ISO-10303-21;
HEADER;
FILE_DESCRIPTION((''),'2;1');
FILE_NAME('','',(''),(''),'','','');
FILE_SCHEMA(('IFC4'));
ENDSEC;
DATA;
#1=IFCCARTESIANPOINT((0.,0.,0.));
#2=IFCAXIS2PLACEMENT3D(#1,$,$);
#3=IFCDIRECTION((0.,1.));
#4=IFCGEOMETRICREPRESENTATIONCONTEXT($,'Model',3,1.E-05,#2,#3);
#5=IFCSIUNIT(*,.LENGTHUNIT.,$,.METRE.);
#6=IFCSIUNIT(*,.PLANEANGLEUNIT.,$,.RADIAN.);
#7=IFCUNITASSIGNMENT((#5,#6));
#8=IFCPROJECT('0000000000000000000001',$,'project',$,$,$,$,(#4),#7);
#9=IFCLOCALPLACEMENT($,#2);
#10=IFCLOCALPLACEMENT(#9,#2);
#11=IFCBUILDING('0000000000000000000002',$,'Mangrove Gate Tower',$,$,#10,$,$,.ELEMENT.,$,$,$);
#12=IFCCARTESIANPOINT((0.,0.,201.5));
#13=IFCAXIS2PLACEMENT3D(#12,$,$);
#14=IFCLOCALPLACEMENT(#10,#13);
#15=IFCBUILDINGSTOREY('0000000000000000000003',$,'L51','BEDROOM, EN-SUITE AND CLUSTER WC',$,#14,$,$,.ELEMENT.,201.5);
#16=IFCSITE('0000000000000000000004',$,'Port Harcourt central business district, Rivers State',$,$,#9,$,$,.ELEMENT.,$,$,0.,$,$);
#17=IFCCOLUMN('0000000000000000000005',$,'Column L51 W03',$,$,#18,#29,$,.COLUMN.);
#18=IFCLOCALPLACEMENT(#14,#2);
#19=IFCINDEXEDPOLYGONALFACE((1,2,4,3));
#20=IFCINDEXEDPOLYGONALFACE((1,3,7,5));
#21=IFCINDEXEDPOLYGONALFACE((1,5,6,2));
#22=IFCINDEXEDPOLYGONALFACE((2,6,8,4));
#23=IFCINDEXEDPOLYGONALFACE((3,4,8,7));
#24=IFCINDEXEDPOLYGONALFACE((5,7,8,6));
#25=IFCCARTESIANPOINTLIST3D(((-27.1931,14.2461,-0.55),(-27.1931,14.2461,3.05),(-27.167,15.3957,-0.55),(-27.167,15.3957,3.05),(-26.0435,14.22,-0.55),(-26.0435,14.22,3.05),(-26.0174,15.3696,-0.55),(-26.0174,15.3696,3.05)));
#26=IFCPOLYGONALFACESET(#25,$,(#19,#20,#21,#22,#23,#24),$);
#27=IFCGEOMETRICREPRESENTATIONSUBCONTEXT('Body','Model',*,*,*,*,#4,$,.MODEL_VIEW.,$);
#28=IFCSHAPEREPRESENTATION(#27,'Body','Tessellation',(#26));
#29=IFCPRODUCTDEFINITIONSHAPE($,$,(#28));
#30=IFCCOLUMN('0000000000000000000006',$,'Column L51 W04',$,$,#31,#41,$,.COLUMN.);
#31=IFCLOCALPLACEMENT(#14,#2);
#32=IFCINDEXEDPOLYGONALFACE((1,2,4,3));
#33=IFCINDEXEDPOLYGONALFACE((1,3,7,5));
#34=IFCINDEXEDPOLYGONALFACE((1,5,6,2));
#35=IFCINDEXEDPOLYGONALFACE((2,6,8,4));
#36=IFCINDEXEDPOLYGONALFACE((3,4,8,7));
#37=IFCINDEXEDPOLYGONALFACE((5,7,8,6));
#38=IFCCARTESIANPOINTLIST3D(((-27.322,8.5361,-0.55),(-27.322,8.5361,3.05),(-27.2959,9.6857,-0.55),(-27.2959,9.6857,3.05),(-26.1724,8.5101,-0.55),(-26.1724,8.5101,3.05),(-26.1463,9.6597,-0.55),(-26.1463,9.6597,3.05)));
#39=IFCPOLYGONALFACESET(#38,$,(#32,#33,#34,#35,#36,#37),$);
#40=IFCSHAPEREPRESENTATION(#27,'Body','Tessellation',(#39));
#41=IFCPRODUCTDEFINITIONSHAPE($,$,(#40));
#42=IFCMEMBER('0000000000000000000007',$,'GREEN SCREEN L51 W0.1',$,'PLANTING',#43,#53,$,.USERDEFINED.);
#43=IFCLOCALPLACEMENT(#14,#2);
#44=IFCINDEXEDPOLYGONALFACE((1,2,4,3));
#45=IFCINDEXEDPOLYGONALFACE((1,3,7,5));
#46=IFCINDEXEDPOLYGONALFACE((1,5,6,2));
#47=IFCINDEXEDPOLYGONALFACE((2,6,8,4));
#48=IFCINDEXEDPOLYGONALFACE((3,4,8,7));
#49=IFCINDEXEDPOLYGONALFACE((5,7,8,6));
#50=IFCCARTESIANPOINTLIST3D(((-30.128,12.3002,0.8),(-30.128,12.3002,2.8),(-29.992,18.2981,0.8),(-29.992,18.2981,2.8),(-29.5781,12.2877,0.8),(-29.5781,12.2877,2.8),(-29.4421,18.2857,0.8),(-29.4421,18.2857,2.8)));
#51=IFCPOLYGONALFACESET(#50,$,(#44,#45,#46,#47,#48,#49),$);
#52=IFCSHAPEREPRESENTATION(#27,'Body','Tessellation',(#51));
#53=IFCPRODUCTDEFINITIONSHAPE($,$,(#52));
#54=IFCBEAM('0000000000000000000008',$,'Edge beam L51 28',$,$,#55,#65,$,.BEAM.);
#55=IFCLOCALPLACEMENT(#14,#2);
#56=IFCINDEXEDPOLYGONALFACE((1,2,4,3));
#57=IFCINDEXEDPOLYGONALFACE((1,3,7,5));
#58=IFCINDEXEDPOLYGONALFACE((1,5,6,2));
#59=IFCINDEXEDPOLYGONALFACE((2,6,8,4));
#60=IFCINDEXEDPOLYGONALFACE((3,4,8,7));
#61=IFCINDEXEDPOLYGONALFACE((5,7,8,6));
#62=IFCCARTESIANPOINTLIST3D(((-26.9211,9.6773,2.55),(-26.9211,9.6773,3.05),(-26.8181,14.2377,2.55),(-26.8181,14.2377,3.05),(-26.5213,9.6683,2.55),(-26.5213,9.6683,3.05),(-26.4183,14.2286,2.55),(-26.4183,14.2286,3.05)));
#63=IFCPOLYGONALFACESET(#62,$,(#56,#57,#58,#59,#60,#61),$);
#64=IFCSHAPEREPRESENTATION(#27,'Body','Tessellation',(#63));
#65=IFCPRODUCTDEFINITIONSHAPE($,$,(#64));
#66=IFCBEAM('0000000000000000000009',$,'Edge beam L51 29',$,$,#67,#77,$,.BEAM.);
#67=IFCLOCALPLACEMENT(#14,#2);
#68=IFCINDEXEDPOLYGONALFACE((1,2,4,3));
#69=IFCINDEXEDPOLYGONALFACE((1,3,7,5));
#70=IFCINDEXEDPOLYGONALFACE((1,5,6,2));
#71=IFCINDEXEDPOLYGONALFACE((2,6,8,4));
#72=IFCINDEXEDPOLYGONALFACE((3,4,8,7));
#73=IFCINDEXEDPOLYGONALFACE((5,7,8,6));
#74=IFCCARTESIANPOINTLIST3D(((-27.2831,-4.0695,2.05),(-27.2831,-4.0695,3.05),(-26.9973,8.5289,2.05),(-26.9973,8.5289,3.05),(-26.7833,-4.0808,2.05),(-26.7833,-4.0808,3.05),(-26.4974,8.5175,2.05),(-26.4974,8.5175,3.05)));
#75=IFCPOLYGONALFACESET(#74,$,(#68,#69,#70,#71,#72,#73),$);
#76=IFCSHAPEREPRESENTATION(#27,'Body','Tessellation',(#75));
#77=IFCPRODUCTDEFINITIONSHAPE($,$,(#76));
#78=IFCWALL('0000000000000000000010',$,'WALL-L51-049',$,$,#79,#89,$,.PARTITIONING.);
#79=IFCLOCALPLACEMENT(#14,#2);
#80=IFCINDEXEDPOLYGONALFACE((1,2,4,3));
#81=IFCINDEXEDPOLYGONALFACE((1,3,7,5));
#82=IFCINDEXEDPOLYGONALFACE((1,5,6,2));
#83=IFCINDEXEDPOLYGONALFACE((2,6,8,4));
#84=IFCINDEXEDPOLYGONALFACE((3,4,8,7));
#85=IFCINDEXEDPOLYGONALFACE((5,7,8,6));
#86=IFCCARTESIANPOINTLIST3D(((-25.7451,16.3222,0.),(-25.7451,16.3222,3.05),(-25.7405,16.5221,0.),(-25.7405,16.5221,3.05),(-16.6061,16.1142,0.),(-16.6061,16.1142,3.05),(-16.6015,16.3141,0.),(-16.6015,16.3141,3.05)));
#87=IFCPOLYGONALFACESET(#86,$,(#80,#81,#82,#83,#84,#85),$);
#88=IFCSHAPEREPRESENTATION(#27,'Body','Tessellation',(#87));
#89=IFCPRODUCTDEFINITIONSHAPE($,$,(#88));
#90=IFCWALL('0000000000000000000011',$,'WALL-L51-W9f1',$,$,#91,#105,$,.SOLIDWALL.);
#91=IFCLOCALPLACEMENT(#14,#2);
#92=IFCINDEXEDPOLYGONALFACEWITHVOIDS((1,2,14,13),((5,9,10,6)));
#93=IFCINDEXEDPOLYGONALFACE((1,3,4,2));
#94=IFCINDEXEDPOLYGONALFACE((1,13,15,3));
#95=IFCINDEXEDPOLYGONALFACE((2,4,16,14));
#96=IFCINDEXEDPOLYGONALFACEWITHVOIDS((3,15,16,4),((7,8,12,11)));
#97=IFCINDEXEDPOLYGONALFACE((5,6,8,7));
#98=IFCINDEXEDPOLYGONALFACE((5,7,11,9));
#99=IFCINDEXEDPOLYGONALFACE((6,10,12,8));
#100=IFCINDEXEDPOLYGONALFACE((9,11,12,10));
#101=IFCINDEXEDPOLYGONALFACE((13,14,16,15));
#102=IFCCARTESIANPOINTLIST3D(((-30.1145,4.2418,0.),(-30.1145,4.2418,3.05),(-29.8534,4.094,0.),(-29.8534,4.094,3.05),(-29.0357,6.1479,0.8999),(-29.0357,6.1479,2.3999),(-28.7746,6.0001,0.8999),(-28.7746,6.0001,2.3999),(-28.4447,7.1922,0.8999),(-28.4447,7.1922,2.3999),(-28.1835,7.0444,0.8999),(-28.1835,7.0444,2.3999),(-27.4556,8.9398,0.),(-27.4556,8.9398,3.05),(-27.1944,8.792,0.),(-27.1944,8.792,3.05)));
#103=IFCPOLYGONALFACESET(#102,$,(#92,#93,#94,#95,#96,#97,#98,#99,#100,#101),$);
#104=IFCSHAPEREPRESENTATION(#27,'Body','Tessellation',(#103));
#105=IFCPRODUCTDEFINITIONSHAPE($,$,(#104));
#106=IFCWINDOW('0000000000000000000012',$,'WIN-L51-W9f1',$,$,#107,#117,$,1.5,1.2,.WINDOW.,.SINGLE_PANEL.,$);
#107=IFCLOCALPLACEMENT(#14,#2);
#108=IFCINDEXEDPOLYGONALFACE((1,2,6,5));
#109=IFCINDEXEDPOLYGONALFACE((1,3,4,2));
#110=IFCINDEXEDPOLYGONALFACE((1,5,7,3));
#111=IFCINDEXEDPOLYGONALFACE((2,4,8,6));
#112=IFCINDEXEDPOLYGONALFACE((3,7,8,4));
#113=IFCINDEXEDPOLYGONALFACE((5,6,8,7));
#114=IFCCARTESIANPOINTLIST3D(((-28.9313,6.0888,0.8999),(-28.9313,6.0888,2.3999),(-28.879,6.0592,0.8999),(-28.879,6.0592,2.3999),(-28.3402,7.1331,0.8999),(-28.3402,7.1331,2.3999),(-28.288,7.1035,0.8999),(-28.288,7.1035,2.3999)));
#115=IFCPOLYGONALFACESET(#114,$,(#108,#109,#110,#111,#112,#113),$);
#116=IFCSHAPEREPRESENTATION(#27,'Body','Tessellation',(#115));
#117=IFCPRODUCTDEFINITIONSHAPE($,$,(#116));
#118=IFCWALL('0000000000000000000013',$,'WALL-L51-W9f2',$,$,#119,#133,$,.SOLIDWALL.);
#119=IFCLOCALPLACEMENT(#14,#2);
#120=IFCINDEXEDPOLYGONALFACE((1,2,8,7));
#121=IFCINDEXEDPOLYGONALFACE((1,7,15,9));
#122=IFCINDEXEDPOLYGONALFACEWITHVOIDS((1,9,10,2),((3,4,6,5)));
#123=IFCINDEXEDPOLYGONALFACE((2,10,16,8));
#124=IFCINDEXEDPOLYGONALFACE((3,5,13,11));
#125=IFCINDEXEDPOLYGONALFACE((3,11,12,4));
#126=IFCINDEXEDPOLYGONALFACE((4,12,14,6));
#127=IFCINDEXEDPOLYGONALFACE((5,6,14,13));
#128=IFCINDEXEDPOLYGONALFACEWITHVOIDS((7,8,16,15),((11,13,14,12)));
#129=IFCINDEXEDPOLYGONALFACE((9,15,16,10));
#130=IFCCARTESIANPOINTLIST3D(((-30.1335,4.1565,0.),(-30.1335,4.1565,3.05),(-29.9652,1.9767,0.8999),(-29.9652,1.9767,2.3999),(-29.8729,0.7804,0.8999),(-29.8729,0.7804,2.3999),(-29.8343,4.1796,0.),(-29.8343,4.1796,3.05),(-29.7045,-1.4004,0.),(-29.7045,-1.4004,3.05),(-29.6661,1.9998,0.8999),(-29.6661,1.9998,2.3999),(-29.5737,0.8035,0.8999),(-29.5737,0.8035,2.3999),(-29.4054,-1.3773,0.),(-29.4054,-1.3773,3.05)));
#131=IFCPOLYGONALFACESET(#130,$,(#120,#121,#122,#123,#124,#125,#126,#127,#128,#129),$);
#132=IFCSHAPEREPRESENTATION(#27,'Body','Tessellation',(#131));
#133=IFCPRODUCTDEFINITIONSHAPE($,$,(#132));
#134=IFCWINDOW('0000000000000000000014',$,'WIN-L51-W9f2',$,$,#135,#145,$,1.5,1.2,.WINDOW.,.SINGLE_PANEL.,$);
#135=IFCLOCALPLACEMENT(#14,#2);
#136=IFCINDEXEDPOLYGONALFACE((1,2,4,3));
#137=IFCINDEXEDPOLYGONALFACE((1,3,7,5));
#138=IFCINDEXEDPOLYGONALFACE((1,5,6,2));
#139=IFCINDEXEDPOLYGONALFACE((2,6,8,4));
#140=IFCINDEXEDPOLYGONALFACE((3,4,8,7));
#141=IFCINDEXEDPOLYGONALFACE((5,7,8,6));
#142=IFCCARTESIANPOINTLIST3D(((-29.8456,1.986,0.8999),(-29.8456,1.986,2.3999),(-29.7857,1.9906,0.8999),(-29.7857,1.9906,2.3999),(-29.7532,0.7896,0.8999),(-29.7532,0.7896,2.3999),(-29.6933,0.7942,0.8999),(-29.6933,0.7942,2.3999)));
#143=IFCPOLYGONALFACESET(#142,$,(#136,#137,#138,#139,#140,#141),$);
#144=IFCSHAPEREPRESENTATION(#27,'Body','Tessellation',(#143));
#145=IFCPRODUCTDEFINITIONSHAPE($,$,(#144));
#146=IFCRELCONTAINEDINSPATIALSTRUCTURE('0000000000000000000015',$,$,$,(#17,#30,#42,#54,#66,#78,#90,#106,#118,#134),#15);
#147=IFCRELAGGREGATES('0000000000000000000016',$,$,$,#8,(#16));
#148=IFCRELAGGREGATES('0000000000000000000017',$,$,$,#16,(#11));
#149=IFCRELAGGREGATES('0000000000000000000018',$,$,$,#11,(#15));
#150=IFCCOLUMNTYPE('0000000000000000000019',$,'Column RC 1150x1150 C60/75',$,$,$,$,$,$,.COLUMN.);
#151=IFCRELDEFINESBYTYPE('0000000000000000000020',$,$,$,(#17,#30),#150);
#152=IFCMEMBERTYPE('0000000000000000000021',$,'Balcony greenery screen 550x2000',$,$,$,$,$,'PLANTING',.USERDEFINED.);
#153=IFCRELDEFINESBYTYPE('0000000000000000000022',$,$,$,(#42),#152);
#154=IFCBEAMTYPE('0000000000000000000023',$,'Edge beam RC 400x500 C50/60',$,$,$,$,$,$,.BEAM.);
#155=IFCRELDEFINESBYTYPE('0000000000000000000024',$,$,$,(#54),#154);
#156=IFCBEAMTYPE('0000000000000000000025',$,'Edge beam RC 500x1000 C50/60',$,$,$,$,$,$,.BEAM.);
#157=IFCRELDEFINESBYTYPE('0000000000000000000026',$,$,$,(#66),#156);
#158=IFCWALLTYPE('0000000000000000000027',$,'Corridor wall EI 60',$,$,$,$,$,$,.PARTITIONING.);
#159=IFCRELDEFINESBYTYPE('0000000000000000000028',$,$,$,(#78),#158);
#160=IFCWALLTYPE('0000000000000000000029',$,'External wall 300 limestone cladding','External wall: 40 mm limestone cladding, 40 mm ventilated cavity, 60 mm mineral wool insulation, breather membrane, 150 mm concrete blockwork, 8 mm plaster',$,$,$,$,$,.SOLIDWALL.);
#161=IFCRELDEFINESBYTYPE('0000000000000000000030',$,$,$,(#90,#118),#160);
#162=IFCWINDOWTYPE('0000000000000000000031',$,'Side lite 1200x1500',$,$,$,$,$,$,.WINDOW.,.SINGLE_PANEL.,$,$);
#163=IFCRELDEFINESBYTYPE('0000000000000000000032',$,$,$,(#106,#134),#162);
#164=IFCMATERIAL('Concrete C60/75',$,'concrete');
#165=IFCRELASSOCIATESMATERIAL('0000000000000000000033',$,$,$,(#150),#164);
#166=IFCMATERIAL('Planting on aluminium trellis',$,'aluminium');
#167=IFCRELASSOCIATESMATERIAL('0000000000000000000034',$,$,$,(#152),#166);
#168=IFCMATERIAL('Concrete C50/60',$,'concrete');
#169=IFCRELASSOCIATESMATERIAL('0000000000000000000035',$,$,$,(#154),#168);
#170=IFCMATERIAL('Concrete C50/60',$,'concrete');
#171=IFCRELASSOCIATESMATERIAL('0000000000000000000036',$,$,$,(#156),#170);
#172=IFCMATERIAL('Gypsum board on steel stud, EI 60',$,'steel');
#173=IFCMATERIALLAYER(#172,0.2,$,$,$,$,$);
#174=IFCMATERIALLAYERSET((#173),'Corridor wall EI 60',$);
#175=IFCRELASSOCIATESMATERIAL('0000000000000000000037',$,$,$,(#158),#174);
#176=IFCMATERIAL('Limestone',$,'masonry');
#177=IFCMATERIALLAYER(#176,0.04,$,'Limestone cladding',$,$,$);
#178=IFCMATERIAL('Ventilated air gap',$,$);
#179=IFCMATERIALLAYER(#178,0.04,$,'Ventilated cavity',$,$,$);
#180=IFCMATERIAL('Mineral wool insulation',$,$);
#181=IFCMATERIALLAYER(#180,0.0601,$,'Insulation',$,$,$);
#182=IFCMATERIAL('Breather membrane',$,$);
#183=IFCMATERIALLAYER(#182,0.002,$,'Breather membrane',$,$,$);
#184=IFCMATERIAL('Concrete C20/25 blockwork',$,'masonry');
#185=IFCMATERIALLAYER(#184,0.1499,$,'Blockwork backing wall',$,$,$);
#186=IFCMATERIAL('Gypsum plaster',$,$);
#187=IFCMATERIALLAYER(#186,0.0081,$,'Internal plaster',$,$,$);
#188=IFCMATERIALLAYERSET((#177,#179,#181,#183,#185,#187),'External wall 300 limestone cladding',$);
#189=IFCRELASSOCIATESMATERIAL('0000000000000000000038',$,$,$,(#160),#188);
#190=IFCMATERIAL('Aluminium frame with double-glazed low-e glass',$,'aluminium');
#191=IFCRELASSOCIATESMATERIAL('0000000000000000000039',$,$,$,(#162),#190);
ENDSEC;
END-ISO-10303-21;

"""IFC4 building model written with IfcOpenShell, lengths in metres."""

from ifc_helpers import new_model, si_unit, direction, frame, frame_2d, origin, origin_2d, place, context, subcontext, project, spatial, rectangle, extrude, material, layer, layer_set, material_profile, profile_set, type_object, element, fill, save


model = new_model("IFC4")

# Units and contexts
model_context = context("Model", 3, precision=1e-05, world=origin(), true_north=direction((0.0, 1.0)))
body_context = subcontext(model_context, "Body", "Model", "MODEL_VIEW")
ifc_project = project(units=[si_unit("LENGTHUNIT", "METRE"), si_unit("PLANEANGLEUNIT", "RADIAN")], contexts=[model_context])

# Site, building, storey
site_placement = place(None, origin())
site = spatial("IfcSite", under=ifc_project, at=site_placement, Name="Port Harcourt central business district, Rivers State", CompositionType="ELEMENT", RefElevation=0.0)
building_placement = place(site_placement, origin())
building = spatial("IfcBuilding", under=site, at=building_placement, Name="Mangrove Gate Tower", CompositionType="ELEMENT")
storey_placement = place(building_placement, frame((0.0, 0.0, 201.5)))
storey = spatial("IfcBuildingStorey", under=building, at=storey_placement, Name="L51", Description="BEDROOM, EN-SUITE AND CLUSTER WC", CompositionType="ELEMENT", Elevation=201.5)

# Columns
ifc_material_1 = material(Name="Concrete C60/75", Category="concrete")
ifc_material_profile_1 = material_profile(ifc_material_1, rectangle(XDim=1.1499, YDim=1.1499, at=origin_2d()))
ifc_profile_set_1 = profile_set([ifc_material_profile_1], Name="Concrete C60/75")
column_type = type_object("IfcColumnType", Name="Column RC 1150x1150 C60/75", PredefinedType="COLUMN", material=ifc_profile_set_1)
for number, where, z_axis, x_axis, name in (
    (1, (-26.6052, 14.8079, -0.55), (0.0, 0.0, 1.0), (-0.022672, -0.999743, 0.0), "Column L51 W03"),
    (2, (-26.7341, 9.0979, -0.55), (0.0, 0.0, 1.0), (-0.022658, -0.999743, 0.0), "Column L51 W04"),
):
    element("IfcColumn", number, at=place(storey_placement, frame(where, z_axis=z_axis, x_axis=x_axis)), inside=storey, type_object=column_type, Name=name, PredefinedType="COLUMN", context=body_context, shape_type="SweptSolid", body=[
        extrude(rectangle(XDim=1.1499, YDim=1.1499, at=origin_2d()), origin(), (0.0, 0.0, 1.0), 3.6001),
    ])

# Member
ifc_material_2 = material(Name="Planting on aluminium trellis", Category="aluminium")
ifc_material_profile_2 = material_profile(ifc_material_2, rectangle(XDim=0.55, YDim=2.0, at=origin_2d()))
ifc_profile_set_2 = profile_set([ifc_material_profile_2], Name="Planting on aluminium trellis")
member_type = type_object("IfcMemberType", Name="Balcony greenery screen 550x2000", ElementType="PLANTING", PredefinedType="USERDEFINED", material=ifc_profile_set_2)
member_placement = place(storey_placement, frame((-29.853, 12.2939, 1.8), z_axis=(0.022666, 0.999743, 0.0), x_axis=(-0.999743, 0.022666, 0.0)))
element("IfcMember", 3, at=member_placement, inside=storey, type_object=member_type, Name="GREEN SCREEN L51 W0.1", ObjectType="PLANTING", PredefinedType="USERDEFINED", context=body_context, shape_type="SweptSolid", body=[
    extrude(rectangle(XDim=0.55, YDim=2.0, at=origin_2d()), origin(), (0.0, 0.0, 1.0), 5.9995),
])

# Beams
ifc_material_3 = material(Name="Concrete C50/60", Category="concrete")
ifc_material_profile_3 = material_profile(ifc_material_3, rectangle(XDim=0.3999, YDim=0.5, at=origin_2d()))
ifc_profile_set_3 = profile_set([ifc_material_profile_3], Name="Concrete C50/60")
beam_type_1 = type_object("IfcBeamType", Name="Edge beam RC 400x500 C50/60", PredefinedType="BEAM", material=ifc_profile_set_3)
beam_1_placement = place(storey_placement, frame((-26.6182, 14.2332, 2.8), z_axis=(-0.022586, -0.999745, 0.0), x_axis=(0.999745, -0.022586, 0.0)))
element("IfcBeam", 4, at=beam_1_placement, inside=storey, type_object=beam_type_1, Name="Edge beam L51 28", PredefinedType="BEAM", context=body_context, shape_type="SweptSolid", body=[
    extrude(rectangle(XDim=0.3999, YDim=0.5, at=origin_2d()), origin(), (0.0, 0.0, 1.0), 4.5615),
])
ifc_material_4 = material(Name="Concrete C50/60", Category="concrete")
ifc_material_profile_4 = material_profile(ifc_material_4, rectangle(XDim=0.5, YDim=1.0, at=origin_2d()))
ifc_profile_set_4 = profile_set([ifc_material_profile_4], Name="Concrete C50/60")
beam_type_2 = type_object("IfcBeamType", Name="Edge beam RC 500x1000 C50/60", PredefinedType="BEAM", material=ifc_profile_set_4)
beam_2_placement = place(storey_placement, frame((-26.7473, 8.5232, 2.55), z_axis=(-0.022687, -0.999743, 0.0), x_axis=(0.999743, -0.022687, 0.0)))
element("IfcBeam", 5, at=beam_2_placement, inside=storey, type_object=beam_type_2, Name="Edge beam L51 29", PredefinedType="BEAM", context=body_context, shape_type="SweptSolid", body=[
    extrude(rectangle(XDim=0.5, YDim=1.0, at=origin_2d()), origin(), (0.0, 0.0, 1.0), 12.6016),
])

# Wall
ifc_material_5 = material(Name="Gypsum board on steel stud, EI 60", Category="steel")
ifc_layer_1 = layer(ifc_material_5, 0.2)
ifc_layer_set_1 = layer_set([ifc_layer_1], Name="Corridor wall EI 60")
wall_type_1 = type_object("IfcWallType", Name="Corridor wall EI 60", PredefinedType="PARTITIONING", material=ifc_layer_set_1)
wall_1_placement = place(storey_placement, frame((-25.7429, 16.4221, 0.0), z_axis=(0.0, 0.0, 1.0), x_axis=(0.999741, -0.022755, 0.0)))
element("IfcWall", 6, at=wall_1_placement, inside=storey, type_object=wall_type_1, Name="WALL-L51-049", PredefinedType="PARTITIONING", context=body_context, shape_type="SweptSolid", body=[
    extrude(rectangle(XDim=9.1414, YDim=0.2, at=frame_2d((4.5708, 0.0))), origin(), (0.0, 0.0, 1.0), 3.05),
])

# Walls, openings, windows
ifc_material_6 = material(Name="Limestone", Category="masonry")
ifc_layer_2 = layer(ifc_material_6, 0.04, Name="Limestone cladding")
ifc_material_7 = material(Name="Ventilated air gap")
ifc_layer_3 = layer(ifc_material_7, 0.04, Name="Ventilated cavity")
ifc_material_8 = material(Name="Mineral wool insulation")
ifc_layer_4 = layer(ifc_material_8, 0.0601, Name="Insulation")
ifc_material_9 = material(Name="Breather membrane")
ifc_layer_5 = layer(ifc_material_9, 0.002, Name="Breather membrane")
ifc_material_10 = material(Name="Concrete C20/25 blockwork", Category="masonry")
ifc_layer_6 = layer(ifc_material_10, 0.1499, Name="Blockwork backing wall")
ifc_material_11 = material(Name="Gypsum plaster")
ifc_layer_7 = layer(ifc_material_11, 0.0081, Name="Internal plaster")
ifc_layer_set_2 = layer_set([ifc_layer_2, ifc_layer_3, ifc_layer_4, ifc_layer_5, ifc_layer_6, ifc_layer_7], Name="External wall 300 limestone cladding")
wall_type_2 = type_object("IfcWallType", Name="External wall 300 limestone cladding", Description="External wall: 40 mm limestone cladding, 40 mm ventilated cavity, 60 mm mineral wool insulation, breather membrane, 150 mm concrete blockwork, 8 mm plaster", PredefinedType="SOLIDWALL", material=ifc_layer_set_2)
wall_2_placement = place(storey_placement, frame((-27.325, 8.866, 0.0), z_axis=(0.0, 0.0, 1.0), x_axis=(-0.492555, -0.870281, 0.0)))
wall_2 = element("IfcWall", 7, at=wall_2_placement, inside=storey, type_object=wall_type_2, Name="WALL-L51-W9f1", PredefinedType="SOLIDWALL", context=body_context, shape_type="SweptSolid", body=[
    extrude(rectangle(XDim=5.3982, YDim=0.3, at=frame_2d((2.6992, 0.0))), origin(), (0.0, 0.0, 1.0), 3.05),
])
opening_1_placement = place(wall_2_placement, frame((2.0081, 0.0, 0.8999)))
opening_1 = element("IfcOpeningElement", 8, at=opening_1_placement, cuts=wall_2, PredefinedType="OPENING", context=body_context, shape_type="SweptSolid", body=[
    extrude(rectangle(XDim=1.2, YDim=1.5, at=frame_2d((0.6001, 0.75))), frame((0.0, 0.1599, 0.0), z_axis=(0.0, -1.0, 0.0), x_axis=(1.0, 0.0, 0.0)), (0.0, 0.0, 1.0), 0.3201),
])
ifc_material_12 = material(Name="Aluminium frame with double-glazed low-e glass", Category="aluminium")
window_type_1 = type_object("IfcWindowType", Name="Side lite 1200x1500", PartitioningType="SINGLE_PANEL", PredefinedType="WINDOW", material=ifc_material_12)
window_1_placement = place(opening_1_placement, origin())
window_1 = element("IfcWindow", 9, at=window_1_placement, inside=storey, type_object=window_type_1, Name="WIN-L51-W9f1", OverallHeight=1.5, OverallWidth=1.2, PartitioningType="SINGLE_PANEL", PredefinedType="WINDOW", context=body_context, shape_type="SweptSolid", body=[
    extrude(rectangle(XDim=1.2, YDim=1.5, at=frame_2d((0.6001, 0.75))), frame((0.0, 0.03, 0.0), z_axis=(0.0, -1.0, 0.0), x_axis=(1.0, 0.0, 0.0)), (0.0, 0.0, 1.0), 0.0601),
])
fill(opening_1, window_1)
wall_3_placement = place(storey_placement, frame((-29.9839, 4.168, 0.0), z_axis=(0.0, 0.0, 1.0), x_axis=(0.076964, -0.997034, 0.0)))
wall_3 = element("IfcWall", 10, at=wall_3_placement, inside=storey, type_object=wall_type_2, Name="WALL-L51-W9f2", PredefinedType="SOLIDWALL", context=body_context, shape_type="SweptSolid", body=[
    extrude(rectangle(XDim=5.5735, YDim=0.3, at=frame_2d((2.7866, 0.0))), origin(), (0.0, 0.0, 1.0), 3.05),
])
opening_2_placement = place(wall_3_placement, frame((2.186, 0.0, 0.8999)))
opening_2 = element("IfcOpeningElement", 11, at=opening_2_placement, cuts=wall_3, PredefinedType="OPENING", context=body_context, shape_type="SweptSolid", body=[
    extrude(rectangle(XDim=1.2, YDim=1.5, at=frame_2d((0.6001, 0.75))), frame((0.0, 0.1599, 0.0), z_axis=(0.0, -1.0, 0.0), x_axis=(1.0, 0.0, 0.0)), (0.0, 0.0, 1.0), 0.3201),
])
window_2_placement = place(opening_2_placement, origin())
window_2 = element("IfcWindow", 12, at=window_2_placement, inside=storey, type_object=window_type_1, Name="WIN-L51-W9f2", OverallHeight=1.5, OverallWidth=1.2, PartitioningType="SINGLE_PANEL", PredefinedType="WINDOW", context=body_context, shape_type="SweptSolid", body=[
    extrude(rectangle(XDim=1.2, YDim=1.5, at=frame_2d((0.6001, 0.75))), frame((0.0, 0.03, 0.0), z_axis=(0.0, -1.0, 0.0), x_axis=(1.0, 0.0, 0.0)), (0.0, 0.0, 1.0), 0.0601),
])
fill(opening_2, window_2)

save(model, "model.ifc")
